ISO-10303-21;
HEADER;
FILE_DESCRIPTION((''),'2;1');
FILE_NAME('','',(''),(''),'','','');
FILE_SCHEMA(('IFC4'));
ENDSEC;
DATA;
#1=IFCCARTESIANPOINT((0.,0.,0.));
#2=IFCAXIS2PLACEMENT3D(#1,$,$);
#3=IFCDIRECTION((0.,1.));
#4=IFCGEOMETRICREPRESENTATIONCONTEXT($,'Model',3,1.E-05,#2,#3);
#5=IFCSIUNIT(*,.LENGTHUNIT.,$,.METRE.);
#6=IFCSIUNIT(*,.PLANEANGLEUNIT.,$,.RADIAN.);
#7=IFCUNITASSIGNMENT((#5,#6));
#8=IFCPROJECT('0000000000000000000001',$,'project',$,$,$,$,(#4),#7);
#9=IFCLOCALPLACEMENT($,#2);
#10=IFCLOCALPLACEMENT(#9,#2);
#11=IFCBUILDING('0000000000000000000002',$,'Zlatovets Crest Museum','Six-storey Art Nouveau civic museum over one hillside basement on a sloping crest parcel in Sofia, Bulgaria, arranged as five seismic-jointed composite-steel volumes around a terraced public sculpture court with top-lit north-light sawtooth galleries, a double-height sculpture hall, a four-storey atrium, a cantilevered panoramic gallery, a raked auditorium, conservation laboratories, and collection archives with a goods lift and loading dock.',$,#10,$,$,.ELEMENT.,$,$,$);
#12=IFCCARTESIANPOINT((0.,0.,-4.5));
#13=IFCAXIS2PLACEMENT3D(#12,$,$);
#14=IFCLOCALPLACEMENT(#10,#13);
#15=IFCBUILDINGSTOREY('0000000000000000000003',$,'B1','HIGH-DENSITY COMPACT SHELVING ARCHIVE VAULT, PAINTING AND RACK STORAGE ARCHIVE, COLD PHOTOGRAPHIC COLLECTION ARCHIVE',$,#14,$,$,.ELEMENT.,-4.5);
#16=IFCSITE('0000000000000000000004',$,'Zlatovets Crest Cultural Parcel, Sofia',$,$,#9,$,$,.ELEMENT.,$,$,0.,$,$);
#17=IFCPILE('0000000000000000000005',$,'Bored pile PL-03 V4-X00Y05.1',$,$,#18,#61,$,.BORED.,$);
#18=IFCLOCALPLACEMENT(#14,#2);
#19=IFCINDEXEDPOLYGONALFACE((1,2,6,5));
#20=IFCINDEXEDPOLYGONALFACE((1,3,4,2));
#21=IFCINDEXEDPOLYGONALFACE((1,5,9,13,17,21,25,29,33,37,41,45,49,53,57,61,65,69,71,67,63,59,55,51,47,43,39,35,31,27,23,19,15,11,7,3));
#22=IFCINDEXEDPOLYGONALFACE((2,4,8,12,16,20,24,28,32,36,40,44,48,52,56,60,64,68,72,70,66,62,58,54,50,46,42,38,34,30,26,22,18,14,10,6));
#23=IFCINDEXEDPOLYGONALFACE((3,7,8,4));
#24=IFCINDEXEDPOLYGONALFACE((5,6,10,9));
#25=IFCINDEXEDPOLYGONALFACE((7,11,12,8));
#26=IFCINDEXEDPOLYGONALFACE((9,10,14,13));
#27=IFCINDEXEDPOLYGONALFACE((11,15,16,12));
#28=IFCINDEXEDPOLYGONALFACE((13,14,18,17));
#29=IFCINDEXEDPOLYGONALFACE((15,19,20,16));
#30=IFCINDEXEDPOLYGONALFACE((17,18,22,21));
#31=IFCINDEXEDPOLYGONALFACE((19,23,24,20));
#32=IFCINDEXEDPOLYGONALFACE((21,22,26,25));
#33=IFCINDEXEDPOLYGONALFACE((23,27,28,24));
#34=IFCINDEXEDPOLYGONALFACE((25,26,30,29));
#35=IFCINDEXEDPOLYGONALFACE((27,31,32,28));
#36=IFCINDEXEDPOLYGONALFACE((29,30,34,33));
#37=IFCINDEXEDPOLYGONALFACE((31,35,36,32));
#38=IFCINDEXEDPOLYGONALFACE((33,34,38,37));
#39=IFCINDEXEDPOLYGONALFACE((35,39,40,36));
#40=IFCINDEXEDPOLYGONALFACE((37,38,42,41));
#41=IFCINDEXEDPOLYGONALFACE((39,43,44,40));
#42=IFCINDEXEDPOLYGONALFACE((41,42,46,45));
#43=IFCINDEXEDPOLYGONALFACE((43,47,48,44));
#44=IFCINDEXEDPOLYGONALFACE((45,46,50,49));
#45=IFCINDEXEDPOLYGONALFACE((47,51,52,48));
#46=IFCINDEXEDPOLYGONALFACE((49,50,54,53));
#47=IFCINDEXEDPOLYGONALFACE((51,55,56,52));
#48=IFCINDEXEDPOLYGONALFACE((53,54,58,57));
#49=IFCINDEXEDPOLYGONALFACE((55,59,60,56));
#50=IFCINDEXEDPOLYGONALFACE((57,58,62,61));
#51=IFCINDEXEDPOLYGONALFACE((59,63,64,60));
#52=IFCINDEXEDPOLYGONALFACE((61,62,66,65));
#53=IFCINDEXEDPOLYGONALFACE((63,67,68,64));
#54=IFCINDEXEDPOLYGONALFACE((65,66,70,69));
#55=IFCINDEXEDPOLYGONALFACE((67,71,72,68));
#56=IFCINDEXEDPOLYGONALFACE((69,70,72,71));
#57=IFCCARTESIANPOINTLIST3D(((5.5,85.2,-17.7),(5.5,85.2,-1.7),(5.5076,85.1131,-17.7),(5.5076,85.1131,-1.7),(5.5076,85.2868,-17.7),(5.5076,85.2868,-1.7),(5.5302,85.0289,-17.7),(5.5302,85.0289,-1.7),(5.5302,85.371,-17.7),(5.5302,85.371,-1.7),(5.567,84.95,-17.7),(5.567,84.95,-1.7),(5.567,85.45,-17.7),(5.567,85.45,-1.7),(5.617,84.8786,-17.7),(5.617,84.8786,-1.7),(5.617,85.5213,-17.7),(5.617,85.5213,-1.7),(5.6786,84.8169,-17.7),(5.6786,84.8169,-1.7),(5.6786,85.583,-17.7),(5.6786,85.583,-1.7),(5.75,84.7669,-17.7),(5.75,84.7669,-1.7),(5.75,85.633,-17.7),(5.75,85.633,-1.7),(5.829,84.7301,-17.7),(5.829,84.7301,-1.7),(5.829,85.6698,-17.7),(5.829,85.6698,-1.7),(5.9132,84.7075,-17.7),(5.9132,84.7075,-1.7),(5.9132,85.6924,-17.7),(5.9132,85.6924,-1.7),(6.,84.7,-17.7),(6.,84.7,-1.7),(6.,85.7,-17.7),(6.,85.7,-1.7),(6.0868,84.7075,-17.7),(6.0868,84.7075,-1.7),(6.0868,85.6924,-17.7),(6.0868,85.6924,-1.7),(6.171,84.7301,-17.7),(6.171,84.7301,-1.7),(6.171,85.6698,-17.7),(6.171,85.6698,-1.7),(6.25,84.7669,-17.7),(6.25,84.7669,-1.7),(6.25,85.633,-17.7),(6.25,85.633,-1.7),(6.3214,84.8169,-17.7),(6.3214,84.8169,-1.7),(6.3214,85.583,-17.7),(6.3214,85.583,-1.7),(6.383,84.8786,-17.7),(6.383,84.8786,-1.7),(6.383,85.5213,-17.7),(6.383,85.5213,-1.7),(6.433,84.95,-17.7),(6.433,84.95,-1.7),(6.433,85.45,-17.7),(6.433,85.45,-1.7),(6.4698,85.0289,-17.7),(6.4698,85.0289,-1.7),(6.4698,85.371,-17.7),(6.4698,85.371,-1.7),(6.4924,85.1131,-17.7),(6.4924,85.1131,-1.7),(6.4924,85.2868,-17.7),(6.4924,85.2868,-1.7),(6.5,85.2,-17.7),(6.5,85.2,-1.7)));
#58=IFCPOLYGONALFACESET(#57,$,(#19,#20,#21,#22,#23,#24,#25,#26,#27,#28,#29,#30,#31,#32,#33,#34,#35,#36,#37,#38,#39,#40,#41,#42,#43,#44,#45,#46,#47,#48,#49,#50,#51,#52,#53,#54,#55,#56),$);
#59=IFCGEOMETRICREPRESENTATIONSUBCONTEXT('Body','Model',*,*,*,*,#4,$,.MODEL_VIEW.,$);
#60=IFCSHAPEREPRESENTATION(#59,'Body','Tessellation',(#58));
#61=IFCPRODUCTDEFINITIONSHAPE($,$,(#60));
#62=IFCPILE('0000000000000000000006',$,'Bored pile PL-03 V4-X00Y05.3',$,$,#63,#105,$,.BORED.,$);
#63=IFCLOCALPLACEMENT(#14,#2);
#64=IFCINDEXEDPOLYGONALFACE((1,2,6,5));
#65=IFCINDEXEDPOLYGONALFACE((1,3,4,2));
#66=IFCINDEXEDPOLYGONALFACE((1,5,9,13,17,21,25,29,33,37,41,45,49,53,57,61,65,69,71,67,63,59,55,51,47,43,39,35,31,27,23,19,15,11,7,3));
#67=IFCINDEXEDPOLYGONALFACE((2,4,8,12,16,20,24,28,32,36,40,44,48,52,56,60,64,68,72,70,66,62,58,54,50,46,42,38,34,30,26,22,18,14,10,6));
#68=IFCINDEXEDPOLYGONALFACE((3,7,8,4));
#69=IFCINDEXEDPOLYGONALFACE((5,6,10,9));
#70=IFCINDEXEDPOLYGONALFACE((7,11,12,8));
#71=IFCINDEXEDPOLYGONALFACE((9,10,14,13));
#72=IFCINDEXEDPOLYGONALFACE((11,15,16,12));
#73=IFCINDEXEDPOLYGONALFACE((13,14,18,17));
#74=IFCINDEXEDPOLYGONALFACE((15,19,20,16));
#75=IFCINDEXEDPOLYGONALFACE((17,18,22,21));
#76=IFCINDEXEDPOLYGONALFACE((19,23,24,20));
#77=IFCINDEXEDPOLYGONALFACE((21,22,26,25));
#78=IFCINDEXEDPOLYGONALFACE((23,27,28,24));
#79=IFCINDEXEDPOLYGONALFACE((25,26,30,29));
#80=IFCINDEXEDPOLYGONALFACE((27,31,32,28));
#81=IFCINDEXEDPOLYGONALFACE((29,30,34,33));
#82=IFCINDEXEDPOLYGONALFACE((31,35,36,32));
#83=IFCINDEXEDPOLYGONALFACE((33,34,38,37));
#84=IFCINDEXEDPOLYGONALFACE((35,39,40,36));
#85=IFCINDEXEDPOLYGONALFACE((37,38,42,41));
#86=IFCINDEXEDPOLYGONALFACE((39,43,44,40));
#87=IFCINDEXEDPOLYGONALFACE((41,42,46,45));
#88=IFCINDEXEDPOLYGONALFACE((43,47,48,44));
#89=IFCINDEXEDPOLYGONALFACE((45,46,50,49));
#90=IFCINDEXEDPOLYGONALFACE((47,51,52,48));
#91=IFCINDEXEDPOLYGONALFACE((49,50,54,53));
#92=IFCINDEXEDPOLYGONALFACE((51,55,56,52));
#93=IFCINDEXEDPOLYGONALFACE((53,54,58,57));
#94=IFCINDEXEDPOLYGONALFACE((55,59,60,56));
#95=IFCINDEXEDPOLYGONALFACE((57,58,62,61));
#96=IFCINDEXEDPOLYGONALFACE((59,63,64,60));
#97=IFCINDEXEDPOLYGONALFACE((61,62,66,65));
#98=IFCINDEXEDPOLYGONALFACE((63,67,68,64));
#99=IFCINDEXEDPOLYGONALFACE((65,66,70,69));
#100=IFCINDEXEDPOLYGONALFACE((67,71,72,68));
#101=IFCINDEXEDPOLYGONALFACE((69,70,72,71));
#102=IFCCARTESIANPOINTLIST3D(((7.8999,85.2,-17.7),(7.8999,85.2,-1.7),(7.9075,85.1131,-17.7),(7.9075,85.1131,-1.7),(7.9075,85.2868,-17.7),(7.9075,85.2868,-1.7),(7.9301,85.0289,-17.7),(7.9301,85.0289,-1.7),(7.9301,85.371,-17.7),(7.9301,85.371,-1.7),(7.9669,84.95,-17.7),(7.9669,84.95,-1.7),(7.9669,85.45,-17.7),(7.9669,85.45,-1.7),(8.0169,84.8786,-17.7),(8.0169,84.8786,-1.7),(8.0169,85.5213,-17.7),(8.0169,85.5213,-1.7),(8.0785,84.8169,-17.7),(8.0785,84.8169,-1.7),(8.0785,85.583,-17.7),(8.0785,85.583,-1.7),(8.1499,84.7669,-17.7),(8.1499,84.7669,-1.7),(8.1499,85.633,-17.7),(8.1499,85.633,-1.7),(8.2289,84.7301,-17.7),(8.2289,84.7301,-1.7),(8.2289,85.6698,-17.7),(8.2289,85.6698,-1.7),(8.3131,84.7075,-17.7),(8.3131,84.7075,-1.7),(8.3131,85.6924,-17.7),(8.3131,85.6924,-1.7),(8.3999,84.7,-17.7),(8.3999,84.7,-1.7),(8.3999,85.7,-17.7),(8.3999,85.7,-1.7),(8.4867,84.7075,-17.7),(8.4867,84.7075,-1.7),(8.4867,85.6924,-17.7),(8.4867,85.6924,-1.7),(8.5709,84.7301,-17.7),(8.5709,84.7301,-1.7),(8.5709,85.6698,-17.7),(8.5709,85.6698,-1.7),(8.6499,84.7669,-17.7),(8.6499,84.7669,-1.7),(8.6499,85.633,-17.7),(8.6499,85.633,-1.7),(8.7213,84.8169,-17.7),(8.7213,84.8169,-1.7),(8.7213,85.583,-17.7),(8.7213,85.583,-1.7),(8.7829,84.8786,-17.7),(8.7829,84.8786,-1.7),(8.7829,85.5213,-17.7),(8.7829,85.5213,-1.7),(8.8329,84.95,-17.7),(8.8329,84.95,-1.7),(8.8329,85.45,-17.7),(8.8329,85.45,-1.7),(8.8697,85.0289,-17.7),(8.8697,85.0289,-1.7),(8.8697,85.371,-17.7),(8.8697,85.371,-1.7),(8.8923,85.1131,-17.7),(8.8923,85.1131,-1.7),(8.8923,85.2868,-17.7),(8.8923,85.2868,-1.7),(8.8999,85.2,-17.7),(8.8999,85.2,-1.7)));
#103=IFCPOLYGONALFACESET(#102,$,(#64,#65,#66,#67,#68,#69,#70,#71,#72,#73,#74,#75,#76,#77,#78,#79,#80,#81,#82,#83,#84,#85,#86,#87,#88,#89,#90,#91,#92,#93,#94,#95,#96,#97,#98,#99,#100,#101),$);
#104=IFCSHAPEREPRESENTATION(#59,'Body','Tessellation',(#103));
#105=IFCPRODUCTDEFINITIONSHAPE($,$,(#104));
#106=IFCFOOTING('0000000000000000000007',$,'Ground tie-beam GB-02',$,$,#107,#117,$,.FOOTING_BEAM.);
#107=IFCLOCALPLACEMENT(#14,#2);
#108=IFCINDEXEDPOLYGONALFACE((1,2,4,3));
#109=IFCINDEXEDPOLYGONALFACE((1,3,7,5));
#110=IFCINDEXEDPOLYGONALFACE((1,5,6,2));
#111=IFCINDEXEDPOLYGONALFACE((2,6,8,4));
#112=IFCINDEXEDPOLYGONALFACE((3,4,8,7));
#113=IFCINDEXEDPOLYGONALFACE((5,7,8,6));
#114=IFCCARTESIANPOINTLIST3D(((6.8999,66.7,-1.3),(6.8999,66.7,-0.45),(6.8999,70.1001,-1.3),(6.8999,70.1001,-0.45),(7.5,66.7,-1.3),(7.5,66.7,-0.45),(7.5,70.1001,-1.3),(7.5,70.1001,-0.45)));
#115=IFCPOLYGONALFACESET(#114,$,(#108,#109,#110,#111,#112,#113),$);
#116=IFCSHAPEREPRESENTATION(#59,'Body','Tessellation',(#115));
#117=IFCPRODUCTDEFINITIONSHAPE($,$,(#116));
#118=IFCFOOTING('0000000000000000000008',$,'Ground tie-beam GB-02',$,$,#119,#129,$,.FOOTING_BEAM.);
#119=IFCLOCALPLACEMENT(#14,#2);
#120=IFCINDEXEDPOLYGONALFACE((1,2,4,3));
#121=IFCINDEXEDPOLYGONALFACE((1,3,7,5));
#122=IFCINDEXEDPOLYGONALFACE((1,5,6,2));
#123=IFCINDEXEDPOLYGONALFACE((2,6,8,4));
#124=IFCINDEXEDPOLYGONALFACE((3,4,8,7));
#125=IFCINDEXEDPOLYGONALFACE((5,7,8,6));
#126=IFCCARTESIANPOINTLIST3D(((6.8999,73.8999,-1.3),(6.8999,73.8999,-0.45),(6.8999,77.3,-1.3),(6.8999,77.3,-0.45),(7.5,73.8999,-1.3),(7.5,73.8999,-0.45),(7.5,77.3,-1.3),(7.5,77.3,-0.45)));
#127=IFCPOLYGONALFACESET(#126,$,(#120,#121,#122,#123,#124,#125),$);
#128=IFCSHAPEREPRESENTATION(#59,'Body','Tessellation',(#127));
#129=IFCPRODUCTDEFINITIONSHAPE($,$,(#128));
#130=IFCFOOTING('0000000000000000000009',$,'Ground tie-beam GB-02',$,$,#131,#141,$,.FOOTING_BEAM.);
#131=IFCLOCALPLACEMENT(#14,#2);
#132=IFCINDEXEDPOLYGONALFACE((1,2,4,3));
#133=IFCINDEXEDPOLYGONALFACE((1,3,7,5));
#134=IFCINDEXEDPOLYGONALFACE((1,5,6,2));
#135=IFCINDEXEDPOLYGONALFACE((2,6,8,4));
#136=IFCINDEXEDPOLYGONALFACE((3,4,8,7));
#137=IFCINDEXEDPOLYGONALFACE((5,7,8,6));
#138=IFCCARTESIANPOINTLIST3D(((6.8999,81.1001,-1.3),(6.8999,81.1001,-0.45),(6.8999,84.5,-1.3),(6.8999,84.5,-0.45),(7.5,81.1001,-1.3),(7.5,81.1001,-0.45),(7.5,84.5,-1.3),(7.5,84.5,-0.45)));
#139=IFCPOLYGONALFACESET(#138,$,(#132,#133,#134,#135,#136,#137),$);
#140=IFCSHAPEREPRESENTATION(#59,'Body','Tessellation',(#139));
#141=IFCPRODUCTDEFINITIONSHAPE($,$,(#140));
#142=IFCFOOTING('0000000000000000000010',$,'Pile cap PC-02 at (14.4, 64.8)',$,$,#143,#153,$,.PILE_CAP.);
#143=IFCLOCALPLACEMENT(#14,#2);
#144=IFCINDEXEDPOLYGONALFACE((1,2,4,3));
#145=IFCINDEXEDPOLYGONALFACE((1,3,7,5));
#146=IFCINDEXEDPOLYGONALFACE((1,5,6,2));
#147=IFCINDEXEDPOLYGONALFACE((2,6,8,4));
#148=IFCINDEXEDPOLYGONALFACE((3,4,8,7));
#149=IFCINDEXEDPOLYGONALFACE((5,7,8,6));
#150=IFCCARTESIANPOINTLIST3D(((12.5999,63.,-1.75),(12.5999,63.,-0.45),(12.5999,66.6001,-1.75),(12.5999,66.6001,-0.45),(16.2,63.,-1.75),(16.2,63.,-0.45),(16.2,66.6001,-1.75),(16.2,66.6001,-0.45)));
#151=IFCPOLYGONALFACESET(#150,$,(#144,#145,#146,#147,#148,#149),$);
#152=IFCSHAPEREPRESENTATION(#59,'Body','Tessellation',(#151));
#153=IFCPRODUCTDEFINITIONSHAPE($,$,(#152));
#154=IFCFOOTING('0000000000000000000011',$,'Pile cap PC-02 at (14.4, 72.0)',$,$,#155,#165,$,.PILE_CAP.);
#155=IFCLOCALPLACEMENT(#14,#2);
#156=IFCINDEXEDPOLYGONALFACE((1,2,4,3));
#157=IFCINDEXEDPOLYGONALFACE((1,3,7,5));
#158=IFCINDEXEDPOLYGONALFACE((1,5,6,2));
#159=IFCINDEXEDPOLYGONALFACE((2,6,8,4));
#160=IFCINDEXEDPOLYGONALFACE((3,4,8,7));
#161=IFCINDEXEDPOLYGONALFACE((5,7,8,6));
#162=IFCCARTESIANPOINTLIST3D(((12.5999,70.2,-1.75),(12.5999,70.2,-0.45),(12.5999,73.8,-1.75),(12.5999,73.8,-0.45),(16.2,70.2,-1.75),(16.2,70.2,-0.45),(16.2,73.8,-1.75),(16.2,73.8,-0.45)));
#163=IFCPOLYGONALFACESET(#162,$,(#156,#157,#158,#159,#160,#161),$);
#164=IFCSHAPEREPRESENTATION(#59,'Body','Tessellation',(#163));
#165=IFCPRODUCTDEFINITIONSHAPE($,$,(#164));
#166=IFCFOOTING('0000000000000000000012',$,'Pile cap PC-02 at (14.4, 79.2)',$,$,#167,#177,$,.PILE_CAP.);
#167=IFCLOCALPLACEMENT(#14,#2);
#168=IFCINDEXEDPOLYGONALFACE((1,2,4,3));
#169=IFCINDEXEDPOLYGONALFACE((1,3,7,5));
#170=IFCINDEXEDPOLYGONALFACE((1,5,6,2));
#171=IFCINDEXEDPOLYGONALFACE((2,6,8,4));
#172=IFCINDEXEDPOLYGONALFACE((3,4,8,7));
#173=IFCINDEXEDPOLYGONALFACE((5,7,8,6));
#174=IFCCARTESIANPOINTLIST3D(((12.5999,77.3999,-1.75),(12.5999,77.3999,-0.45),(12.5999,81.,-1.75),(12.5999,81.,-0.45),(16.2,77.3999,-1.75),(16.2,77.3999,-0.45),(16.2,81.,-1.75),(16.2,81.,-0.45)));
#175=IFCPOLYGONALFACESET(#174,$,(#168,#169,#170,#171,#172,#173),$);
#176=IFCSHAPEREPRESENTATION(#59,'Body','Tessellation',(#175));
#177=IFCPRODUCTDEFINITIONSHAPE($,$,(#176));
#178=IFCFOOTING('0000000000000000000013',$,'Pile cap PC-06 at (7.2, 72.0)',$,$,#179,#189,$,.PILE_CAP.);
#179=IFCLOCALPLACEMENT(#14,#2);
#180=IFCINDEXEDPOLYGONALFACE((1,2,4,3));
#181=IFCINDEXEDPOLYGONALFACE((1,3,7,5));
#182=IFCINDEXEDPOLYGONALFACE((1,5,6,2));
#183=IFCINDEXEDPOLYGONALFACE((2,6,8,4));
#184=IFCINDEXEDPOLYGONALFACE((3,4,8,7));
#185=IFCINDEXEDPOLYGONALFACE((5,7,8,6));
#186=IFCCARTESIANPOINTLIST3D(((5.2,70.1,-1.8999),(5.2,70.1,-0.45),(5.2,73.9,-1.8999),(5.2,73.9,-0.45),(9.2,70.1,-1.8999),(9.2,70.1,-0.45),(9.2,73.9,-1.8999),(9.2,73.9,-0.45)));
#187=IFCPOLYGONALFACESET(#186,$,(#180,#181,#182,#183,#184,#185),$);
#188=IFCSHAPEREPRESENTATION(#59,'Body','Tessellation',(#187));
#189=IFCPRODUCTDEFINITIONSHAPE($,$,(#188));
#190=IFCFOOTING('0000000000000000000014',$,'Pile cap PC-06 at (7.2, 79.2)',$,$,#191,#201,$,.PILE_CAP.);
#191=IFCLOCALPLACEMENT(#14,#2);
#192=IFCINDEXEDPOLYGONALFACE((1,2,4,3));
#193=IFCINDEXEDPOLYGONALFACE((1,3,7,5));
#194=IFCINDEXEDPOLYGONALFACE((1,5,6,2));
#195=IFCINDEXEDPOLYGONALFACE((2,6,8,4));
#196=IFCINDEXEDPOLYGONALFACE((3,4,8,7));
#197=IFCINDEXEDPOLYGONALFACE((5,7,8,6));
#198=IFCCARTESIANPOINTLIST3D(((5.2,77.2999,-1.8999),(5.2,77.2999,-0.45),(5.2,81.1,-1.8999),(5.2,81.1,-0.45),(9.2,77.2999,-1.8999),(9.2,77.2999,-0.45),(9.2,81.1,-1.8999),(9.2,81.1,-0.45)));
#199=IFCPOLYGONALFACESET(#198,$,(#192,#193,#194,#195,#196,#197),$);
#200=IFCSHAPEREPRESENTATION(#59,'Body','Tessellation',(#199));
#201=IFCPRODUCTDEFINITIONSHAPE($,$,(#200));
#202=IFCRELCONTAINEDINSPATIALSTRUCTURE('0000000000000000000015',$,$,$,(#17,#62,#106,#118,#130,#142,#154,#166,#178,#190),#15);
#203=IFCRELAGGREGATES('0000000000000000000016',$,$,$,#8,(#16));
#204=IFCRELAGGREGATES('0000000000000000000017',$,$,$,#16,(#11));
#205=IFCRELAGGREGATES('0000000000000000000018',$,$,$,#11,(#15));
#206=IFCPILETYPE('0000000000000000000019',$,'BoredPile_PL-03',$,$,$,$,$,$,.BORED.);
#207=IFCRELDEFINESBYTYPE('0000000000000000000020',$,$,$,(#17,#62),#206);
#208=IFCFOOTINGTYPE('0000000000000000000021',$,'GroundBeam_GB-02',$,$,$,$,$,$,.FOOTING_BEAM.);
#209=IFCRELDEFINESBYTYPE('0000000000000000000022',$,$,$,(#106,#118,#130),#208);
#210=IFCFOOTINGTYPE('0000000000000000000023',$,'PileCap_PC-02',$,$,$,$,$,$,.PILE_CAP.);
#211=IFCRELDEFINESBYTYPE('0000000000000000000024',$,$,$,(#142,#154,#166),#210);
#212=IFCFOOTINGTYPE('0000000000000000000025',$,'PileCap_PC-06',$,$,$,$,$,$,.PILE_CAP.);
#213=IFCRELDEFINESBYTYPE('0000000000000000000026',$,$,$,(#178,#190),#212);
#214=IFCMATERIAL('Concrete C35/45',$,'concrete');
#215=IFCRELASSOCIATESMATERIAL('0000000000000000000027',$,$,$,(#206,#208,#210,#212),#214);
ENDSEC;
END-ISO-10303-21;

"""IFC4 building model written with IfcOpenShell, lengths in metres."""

from ifc_helpers import new_model, si_unit, direction, frame, origin, origin_2d, place, context, subcontext, project, spatial, rectangle, circle, extrude, material, material_profile, profile_set, type_object, element, save


model = new_model("IFC4")

# Units and contexts
model_context = context("Model", 3, precision=1e-05, world=origin(), true_north=direction((0.0, 1.0)))
body_context = subcontext(model_context, "Body", "Model", "MODEL_VIEW")
ifc_project = project(units=[si_unit("LENGTHUNIT", "METRE"), si_unit("PLANEANGLEUNIT", "RADIAN")], contexts=[model_context])

# Site, building, storey
site_placement = place(None, origin())
site = spatial("IfcSite", under=ifc_project, at=site_placement, Name="Zlatovets Crest Cultural Parcel, Sofia", CompositionType="ELEMENT", RefElevation=0.0)
building_placement = place(site_placement, origin())
building = spatial("IfcBuilding", under=site, at=building_placement, Name="Zlatovets Crest Museum", Description="Six-storey Art Nouveau civic museum over one hillside basement on a sloping crest parcel in Sofia, Bulgaria, arranged as five seismic-jointed composite-steel volumes around a terraced public sculpture court with top-lit north-light sawtooth galleries, a double-height sculpture hall, a four-storey atrium, a cantilevered panoramic gallery, a raked auditorium, conservation laboratories, and collection archives with a goods lift and loading dock.", CompositionType="ELEMENT")
storey_placement = place(building_placement, frame((0.0, 0.0, -4.5)))
storey = spatial("IfcBuildingStorey", under=building, at=storey_placement, Name="B1", Description="HIGH-DENSITY COMPACT SHELVING ARCHIVE VAULT, PAINTING AND RACK STORAGE ARCHIVE, COLD PHOTOGRAPHIC COLLECTION ARCHIVE", CompositionType="ELEMENT", Elevation=-4.5)

# Piles
ifc_material_1 = material(Name="Concrete C35/45", Category="concrete")
ifc_material_profile_1 = material_profile(ifc_material_1, circle(Radius=0.5, at=origin_2d()), Name="PILE D1000")
ifc_profile_set_1 = profile_set([ifc_material_profile_1], Name="Concrete C35/45")
pile_type_1 = type_object("IfcPileType", Name="BoredPile_PL-03", PredefinedType="BORED", material=ifc_profile_set_1)
for number, where, z_axis, x_axis, name in (
    (1, (6.0, 85.2, -1.7), (0.0, 0.0, -1.0), (1.0, 0.0, 0.0), "Bored pile PL-03 V4-X00Y05.1"),
    (2, (8.3999, 85.2, -1.7), (0.0, 0.0, -1.0), (1.0, 0.0, 0.0), "Bored pile PL-03 V4-X00Y05.3"),
):
    element("IfcPile", number, at=place(storey_placement, frame(where, z_axis=z_axis, x_axis=x_axis)), inside=storey, type_object=pile_type_1, Name=name, PredefinedType="BORED", context=body_context, shape_type="SweptSolid", body=[
        extrude(circle(Radius=0.5, at=origin_2d()), origin(), (0.0, 0.0, 1.0), 16.0),
    ])

# Footings
ifc_material_profile_2 = material_profile(ifc_material_1, rectangle(XDim=0.6001, YDim=0.8501, at=origin_2d()), Name="RC 600x850")
ifc_profile_set_2 = profile_set([ifc_material_profile_2], Name="Concrete C35/45")
footing_type_1 = type_object("IfcFootingType", Name="GroundBeam_GB-02", PredefinedType="FOOTING_BEAM", material=ifc_profile_set_2)
for number, where, z_axis, x_axis, name in (
    (3, (7.2, 66.7, -0.875), (0.0, 1.0, 0.0), (-1.0, 0.0, 0.0), "Ground tie-beam GB-02"),
    (4, (7.2, 73.8999, -0.875), (0.0, 1.0, 0.0), (-1.0, 0.0, 0.0), "Ground tie-beam GB-02"),
):
    element("IfcFooting", number, at=place(storey_placement, frame(where, z_axis=z_axis, x_axis=x_axis)), inside=storey, type_object=footing_type_1, Name=name, PredefinedType="FOOTING_BEAM", context=body_context, shape_type="SweptSolid", body=[
        extrude(rectangle(XDim=0.6001, YDim=0.8501, at=origin_2d()), origin(), (0.0, 0.0, 1.0), 3.4001),
    ])
footing_placement = place(storey_placement, frame((7.2, 81.1001, -0.875), z_axis=(0.0, 1.0, 0.0), x_axis=(-1.0, 0.0, 0.0)))
element("IfcFooting", 5, at=footing_placement, inside=storey, type_object=footing_type_1, Name="Ground tie-beam GB-02", PredefinedType="FOOTING_BEAM", context=body_context, shape_type="SweptSolid", body=[
    extrude(rectangle(XDim=0.6001, YDim=0.8501, at=origin_2d()), origin(), (0.0, 0.0, 1.0), 3.3999),
])
footing_type_2 = type_object("IfcFootingType", Name="PileCap_PC-02", PredefinedType="PILE_CAP", material=ifc_material_1)
for number, where, z_axis, x_axis, name in (
    (6, (14.3999, 64.8, -1.75), (0.0, 0.0, 1.0), (1.0, 0.0, 0.0), "Pile cap PC-02 at (14.4, 64.8)"),
    (7, (14.3999, 72.0, -1.75), (0.0, 0.0, 1.0), (1.0, 0.0, 0.0), "Pile cap PC-02 at (14.4, 72.0)"),
    (8, (14.3999, 79.2, -1.75), (0.0, 0.0, 1.0), (1.0, 0.0, 0.0), "Pile cap PC-02 at (14.4, 79.2)"),
):
    element("IfcFooting", number, at=place(storey_placement, frame(where, z_axis=z_axis, x_axis=x_axis)), inside=storey, type_object=footing_type_2, Name=name, PredefinedType="PILE_CAP", context=body_context, shape_type="SweptSolid", body=[
        extrude(rectangle(XDim=3.6001, YDim=3.6001, at=origin_2d()), origin(), (0.0, 0.0, 1.0), 1.3),
    ])
footing_type_3 = type_object("IfcFootingType", Name="PileCap_PC-06", PredefinedType="PILE_CAP", material=ifc_material_1)
for number, where, z_axis, x_axis, name in (
    (9, (7.2, 72.0, -1.8999), (0.0, 0.0, 1.0), (1.0, 0.0, 0.0), "Pile cap PC-06 at (7.2, 72.0)"),
    (10, (7.2, 79.2, -1.8999), (0.0, 0.0, 1.0), (1.0, 0.0, 0.0), "Pile cap PC-06 at (7.2, 79.2)"),
):
    element("IfcFooting", number, at=place(storey_placement, frame(where, z_axis=z_axis, x_axis=x_axis)), inside=storey, type_object=footing_type_3, Name=name, PredefinedType="PILE_CAP", context=body_context, shape_type="SweptSolid", body=[
        extrude(rectangle(XDim=4.0, YDim=3.8, at=origin_2d()), origin(), (0.0, 0.0, 1.0), 1.45),
    ])

save(model, "model.ifc")
